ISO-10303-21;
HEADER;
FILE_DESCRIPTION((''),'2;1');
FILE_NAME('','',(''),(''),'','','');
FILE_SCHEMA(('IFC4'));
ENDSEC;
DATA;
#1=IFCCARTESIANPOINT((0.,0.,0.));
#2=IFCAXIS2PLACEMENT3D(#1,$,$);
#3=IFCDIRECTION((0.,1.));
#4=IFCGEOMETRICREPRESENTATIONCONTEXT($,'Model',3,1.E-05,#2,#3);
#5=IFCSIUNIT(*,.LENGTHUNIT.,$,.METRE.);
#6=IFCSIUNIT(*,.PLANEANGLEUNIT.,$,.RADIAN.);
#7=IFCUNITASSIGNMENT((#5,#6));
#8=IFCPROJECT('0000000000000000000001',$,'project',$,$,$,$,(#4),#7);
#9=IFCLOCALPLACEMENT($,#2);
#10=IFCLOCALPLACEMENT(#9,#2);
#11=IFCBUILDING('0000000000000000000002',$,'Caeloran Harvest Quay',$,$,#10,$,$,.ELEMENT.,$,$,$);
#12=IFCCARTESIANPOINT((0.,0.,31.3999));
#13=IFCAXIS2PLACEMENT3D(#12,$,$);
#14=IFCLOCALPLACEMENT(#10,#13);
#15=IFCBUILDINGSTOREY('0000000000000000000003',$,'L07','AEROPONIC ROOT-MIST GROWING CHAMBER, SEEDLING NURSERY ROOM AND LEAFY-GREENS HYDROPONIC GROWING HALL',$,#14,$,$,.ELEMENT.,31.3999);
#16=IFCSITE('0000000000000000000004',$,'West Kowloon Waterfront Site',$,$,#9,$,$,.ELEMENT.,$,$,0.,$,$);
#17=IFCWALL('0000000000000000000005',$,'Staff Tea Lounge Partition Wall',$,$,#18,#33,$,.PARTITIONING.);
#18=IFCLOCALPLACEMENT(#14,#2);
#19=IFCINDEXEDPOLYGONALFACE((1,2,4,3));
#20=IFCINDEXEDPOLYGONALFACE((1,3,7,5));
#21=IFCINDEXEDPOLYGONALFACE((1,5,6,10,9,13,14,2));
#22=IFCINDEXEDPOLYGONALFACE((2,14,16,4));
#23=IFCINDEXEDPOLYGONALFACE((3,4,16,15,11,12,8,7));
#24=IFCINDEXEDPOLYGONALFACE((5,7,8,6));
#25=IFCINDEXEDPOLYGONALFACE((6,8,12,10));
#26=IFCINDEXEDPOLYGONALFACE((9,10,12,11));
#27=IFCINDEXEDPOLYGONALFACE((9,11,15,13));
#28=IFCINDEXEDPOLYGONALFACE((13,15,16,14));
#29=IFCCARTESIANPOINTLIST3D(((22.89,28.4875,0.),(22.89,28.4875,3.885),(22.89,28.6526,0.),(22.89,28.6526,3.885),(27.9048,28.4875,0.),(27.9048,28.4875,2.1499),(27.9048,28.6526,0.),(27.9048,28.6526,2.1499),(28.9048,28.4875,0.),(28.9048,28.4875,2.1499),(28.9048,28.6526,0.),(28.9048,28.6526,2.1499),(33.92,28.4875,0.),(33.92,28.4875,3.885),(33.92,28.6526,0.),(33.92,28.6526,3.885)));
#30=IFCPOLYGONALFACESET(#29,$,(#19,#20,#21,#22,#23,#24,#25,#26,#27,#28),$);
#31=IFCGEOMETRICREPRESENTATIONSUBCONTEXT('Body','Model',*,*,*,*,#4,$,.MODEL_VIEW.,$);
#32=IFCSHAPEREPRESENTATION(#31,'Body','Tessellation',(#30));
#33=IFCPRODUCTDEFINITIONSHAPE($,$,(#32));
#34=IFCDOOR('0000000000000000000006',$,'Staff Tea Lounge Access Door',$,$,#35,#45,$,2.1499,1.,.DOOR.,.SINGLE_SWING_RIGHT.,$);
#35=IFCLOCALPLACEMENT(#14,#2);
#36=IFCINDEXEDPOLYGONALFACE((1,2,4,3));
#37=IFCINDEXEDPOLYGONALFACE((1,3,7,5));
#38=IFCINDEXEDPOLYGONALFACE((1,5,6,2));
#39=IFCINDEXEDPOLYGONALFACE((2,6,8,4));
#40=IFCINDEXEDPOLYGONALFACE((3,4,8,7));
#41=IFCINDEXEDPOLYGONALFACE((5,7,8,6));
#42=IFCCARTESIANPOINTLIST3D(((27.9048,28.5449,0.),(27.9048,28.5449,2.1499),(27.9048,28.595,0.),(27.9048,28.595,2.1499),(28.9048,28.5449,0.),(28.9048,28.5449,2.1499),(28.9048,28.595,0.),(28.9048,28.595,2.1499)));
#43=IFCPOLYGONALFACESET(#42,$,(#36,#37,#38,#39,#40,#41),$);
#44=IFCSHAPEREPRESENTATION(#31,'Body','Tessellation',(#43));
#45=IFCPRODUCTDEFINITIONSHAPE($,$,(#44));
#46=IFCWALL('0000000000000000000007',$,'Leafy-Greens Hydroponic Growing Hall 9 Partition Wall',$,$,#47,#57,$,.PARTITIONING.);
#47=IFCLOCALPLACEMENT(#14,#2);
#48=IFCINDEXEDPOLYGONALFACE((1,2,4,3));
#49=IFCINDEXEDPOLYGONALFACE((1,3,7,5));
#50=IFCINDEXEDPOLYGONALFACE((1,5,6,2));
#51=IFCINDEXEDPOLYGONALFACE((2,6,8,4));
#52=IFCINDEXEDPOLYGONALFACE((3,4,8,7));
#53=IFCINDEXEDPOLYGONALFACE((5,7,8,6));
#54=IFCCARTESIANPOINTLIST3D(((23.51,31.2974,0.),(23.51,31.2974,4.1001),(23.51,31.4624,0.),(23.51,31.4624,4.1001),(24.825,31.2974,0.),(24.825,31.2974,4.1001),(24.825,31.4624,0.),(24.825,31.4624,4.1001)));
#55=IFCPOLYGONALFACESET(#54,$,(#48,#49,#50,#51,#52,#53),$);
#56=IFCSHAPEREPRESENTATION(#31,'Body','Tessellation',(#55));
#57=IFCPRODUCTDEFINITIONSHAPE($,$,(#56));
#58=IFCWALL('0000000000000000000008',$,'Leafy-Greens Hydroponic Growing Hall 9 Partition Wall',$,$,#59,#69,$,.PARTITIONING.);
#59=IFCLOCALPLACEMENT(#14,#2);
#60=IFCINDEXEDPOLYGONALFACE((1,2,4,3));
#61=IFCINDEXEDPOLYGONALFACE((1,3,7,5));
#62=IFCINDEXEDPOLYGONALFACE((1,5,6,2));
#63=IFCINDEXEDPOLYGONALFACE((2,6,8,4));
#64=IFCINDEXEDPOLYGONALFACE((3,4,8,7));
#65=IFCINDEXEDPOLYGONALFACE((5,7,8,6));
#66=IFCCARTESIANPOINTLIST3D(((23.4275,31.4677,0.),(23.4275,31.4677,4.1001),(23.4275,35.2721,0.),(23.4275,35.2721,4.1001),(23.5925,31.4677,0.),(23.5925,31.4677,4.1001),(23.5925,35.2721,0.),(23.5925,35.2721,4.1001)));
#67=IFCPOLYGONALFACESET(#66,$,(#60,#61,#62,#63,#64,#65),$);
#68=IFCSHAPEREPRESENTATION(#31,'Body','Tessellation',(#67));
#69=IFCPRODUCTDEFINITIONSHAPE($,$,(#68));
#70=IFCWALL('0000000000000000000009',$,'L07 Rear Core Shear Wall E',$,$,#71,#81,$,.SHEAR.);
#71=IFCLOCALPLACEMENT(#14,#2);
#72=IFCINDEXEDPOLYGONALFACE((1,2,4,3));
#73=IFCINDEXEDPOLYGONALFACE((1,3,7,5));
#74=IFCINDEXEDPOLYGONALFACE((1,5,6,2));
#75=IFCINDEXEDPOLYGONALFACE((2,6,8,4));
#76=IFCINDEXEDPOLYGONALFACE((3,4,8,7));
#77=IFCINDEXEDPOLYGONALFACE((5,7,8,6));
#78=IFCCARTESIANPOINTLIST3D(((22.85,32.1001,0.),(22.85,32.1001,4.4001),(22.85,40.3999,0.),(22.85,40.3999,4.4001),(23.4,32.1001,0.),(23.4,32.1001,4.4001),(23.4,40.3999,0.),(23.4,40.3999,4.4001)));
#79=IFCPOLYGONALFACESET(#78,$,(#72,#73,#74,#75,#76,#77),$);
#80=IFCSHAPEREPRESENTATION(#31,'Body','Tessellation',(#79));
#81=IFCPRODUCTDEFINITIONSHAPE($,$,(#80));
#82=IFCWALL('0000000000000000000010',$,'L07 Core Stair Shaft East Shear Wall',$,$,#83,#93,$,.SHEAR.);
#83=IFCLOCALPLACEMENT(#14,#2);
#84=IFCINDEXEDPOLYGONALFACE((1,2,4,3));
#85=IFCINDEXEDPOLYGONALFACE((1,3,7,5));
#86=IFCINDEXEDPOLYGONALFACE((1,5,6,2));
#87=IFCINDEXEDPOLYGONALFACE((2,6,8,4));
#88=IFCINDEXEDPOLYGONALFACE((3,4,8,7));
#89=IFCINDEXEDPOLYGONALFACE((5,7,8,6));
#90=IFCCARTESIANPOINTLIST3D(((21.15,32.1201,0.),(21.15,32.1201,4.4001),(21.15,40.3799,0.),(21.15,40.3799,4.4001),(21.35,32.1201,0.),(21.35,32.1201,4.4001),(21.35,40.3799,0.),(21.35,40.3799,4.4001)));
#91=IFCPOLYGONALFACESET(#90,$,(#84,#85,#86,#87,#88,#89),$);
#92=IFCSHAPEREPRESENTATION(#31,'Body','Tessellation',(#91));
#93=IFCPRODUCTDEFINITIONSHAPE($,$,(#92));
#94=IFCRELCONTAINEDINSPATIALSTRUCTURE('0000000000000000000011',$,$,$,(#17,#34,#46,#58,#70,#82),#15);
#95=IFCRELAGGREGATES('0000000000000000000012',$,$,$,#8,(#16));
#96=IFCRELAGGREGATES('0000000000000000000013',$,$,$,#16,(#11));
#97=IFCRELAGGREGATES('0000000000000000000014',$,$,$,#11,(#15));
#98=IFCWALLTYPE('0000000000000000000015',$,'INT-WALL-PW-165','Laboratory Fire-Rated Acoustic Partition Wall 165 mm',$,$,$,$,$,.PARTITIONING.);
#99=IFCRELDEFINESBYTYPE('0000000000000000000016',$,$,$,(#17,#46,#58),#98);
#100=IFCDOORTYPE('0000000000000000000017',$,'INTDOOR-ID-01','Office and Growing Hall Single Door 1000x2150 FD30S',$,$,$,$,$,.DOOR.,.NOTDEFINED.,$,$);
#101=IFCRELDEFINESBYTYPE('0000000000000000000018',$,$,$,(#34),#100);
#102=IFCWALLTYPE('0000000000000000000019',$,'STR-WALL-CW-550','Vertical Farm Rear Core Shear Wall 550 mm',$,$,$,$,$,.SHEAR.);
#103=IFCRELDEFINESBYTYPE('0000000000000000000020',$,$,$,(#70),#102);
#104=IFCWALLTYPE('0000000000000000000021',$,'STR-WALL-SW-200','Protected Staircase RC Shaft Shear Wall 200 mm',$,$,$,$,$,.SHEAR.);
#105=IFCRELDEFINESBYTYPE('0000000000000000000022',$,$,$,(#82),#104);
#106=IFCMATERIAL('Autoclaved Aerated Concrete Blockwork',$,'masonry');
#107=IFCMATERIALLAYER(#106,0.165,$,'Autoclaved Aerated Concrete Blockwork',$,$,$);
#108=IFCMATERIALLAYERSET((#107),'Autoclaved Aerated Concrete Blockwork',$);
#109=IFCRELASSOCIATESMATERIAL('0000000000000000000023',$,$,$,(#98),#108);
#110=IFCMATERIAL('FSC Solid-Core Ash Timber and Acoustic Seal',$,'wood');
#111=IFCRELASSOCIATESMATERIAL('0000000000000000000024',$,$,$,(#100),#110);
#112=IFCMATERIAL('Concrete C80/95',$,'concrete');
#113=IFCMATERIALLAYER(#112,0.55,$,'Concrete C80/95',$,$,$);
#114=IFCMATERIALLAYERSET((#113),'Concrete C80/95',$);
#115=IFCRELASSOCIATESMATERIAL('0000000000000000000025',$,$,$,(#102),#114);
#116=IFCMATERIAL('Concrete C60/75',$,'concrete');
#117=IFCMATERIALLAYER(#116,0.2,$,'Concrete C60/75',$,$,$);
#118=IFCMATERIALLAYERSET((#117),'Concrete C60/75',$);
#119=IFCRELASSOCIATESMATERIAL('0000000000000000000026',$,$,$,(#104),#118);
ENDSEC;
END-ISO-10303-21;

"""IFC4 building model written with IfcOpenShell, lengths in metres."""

from ifc_helpers import new_model, si_unit, direction, frame, frame_2d, origin, place, context, subcontext, project, spatial, rectangle, extrude, material, layer, layer_set, type_object, element, fill, save


model = new_model("IFC4")

# Units and contexts
model_context = context("Model", 3, precision=1e-05, world=origin(), true_north=direction((0.0, 1.0)))
body_context = subcontext(model_context, "Body", "Model", "MODEL_VIEW")
ifc_project = project(units=[si_unit("LENGTHUNIT", "METRE"), si_unit("PLANEANGLEUNIT", "RADIAN")], contexts=[model_context])

# Site, building, storey
site_placement = place(None, origin())
site = spatial("IfcSite", under=ifc_project, at=site_placement, Name="West Kowloon Waterfront Site", CompositionType="ELEMENT", RefElevation=0.0)
building_placement = place(site_placement, origin())
building = spatial("IfcBuilding", under=site, at=building_placement, Name="Caeloran Harvest Quay", CompositionType="ELEMENT")
storey_placement = place(building_placement, frame((0.0, 0.0, 31.3999)))
storey = spatial("IfcBuildingStorey", under=building, at=storey_placement, Name="L07", Description="AEROPONIC ROOT-MIST GROWING CHAMBER, SEEDLING NURSERY ROOM AND LEAFY-GREENS HYDROPONIC GROWING HALL", CompositionType="ELEMENT", Elevation=31.3999)

# Shared definitions
ifc_material_1 = material(Name="Concrete C80/95", Category="concrete")

# Wall, opening, door
ifc_material_2 = material(Name="Autoclaved Aerated Concrete Blockwork", Category="masonry")
ifc_layer_1 = layer(ifc_material_2, 0.165, Name="Autoclaved Aerated Concrete Blockwork")
ifc_layer_set_1 = layer_set([ifc_layer_1], Name="Autoclaved Aerated Concrete Blockwork")
wall_type_1 = type_object("IfcWallType", Name="INT-WALL-PW-165", Description="Laboratory Fire-Rated Acoustic Partition Wall 165 mm", PredefinedType="PARTITIONING", material=ifc_layer_set_1)
wall_1_placement = place(storey_placement, frame((22.8899, 28.5701, 0.0), z_axis=(0.0, 0.0, 1.0), x_axis=(1.0, 0.0, 0.0)))
wall_1 = element("IfcWall", 1, at=wall_1_placement, inside=storey, type_object=wall_type_1, Name="Staff Tea Lounge Partition Wall", PredefinedType="PARTITIONING", context=body_context, shape_type="SweptSolid", body=[
    extrude(rectangle(XDim=11.03, YDim=0.165, at=frame_2d((5.5151, 0.0))), origin(), (0.0, 0.0, 1.0), 3.885),
])
opening_placement = place(wall_1_placement, frame((5.0149, 0.0, 0.0)))
opening = element("IfcOpeningElement", 2, at=opening_placement, cuts=wall_1, PredefinedType="OPENING", context=body_context, shape_type="SweptSolid", body=[
    extrude(rectangle(XDim=1.0, YDim=2.1499, at=frame_2d((0.5, 1.075))), frame((0.0, 0.0925, 0.0), z_axis=(0.0, -1.0, 0.0), x_axis=(1.0, 0.0, 0.0)), (0.0, 0.0, 1.0), 0.1851),
])
ifc_material_3 = material(Name="FSC Solid-Core Ash Timber and Acoustic Seal", Category="wood")
door_type = type_object("IfcDoorType", Name="INTDOOR-ID-01", Description="Office and Growing Hall Single Door 1000x2150 FD30S", OperationType="NOTDEFINED", PredefinedType="DOOR", material=ifc_material_3)
door_placement = place(opening_placement, origin())
door = element("IfcDoor", 3, at=door_placement, inside=storey, type_object=door_type, Name="Staff Tea Lounge Access Door", OperationType="SINGLE_SWING_RIGHT", OverallHeight=2.1499, OverallWidth=1.0, PredefinedType="DOOR", context=body_context, shape_type="SweptSolid", body=[
    extrude(rectangle(XDim=1.0, YDim=2.1499, at=frame_2d((0.5, 1.075))), frame((0.0, 0.0249, 0.0), z_axis=(0.0, -1.0, 0.0), x_axis=(1.0, 0.0, 0.0)), (0.0, 0.0, 1.0), 0.05),
])
fill(opening, door)

# Walls
wall_2_placement = place(storey_placement, frame((24.825, 31.3799, 0.0), z_axis=(0.0, 0.0, 1.0), x_axis=(-1.0, 0.0, 0.0)))
element("IfcWall", 4, at=wall_2_placement, inside=storey, type_object=wall_type_1, Name="Leafy-Greens Hydroponic Growing Hall 9 Partition Wall", PredefinedType="PARTITIONING", context=body_context, shape_type="SweptSolid", body=[
    extrude(rectangle(XDim=1.3149, YDim=0.165, at=frame_2d((0.6575, 0.0))), origin(), (0.0, 0.0, 1.0), 4.1001),
])
wall_3_placement = place(storey_placement, frame((23.51, 31.4675, 0.0), z_axis=(0.0, 0.0, 1.0), x_axis=(0.0, 1.0, 0.0)))
element("IfcWall", 5, at=wall_3_placement, inside=storey, type_object=wall_type_1, Name="Leafy-Greens Hydroponic Growing Hall 9 Partition Wall", PredefinedType="PARTITIONING", context=body_context, shape_type="SweptSolid", body=[
    extrude(rectangle(XDim=3.8044, YDim=0.165, at=frame_2d((1.9023, 0.0))), origin(), (0.0, 0.0, 1.0), 4.1001),
])
ifc_layer_2 = layer(ifc_material_1, 0.55, Name="Concrete C80/95")
ifc_layer_set_2 = layer_set([ifc_layer_2], Name="Concrete C80/95")
wall_type_2 = type_object("IfcWallType", Name="STR-WALL-CW-550", Description="Vertical Farm Rear Core Shear Wall 550 mm", PredefinedType="SHEAR", material=ifc_layer_set_2)
wall_4_placement = place(storey_placement, frame((23.125, 32.1001, 0.0), z_axis=(0.0, 0.0, 1.0), x_axis=(0.0, 1.0, 0.0)))
element("IfcWall", 6, at=wall_4_placement, inside=storey, type_object=wall_type_2, Name="L07 Rear Core Shear Wall E", PredefinedType="SHEAR", context=body_context, shape_type="SweptSolid", body=[
    extrude(rectangle(XDim=8.2998, YDim=0.55, at=frame_2d((4.1499, 0.0))), origin(), (0.0, 0.0, 1.0), 4.4001),
])
ifc_material_4 = material(Name="Concrete C60/75", Category="concrete")
ifc_layer_3 = layer(ifc_material_4, 0.2, Name="Concrete C60/75")
ifc_layer_set_3 = layer_set([ifc_layer_3], Name="Concrete C60/75")
wall_type_3 = type_object("IfcWallType", Name="STR-WALL-SW-200", Description="Protected Staircase RC Shaft Shear Wall 200 mm", PredefinedType="SHEAR", material=ifc_layer_set_3)
wall_5_placement = place(storey_placement, frame((21.25, 32.1201, 0.0), z_axis=(0.0, 0.0, 1.0), x_axis=(0.0, 1.0, 0.0)))
element("IfcWall", 7, at=wall_5_placement, inside=storey, type_object=wall_type_3, Name="L07 Core Stair Shaft East Shear Wall", PredefinedType="SHEAR", context=body_context, shape_type="SweptSolid", body=[
    extrude(rectangle(XDim=8.2598, YDim=0.2, at=frame_2d((4.1299, 0.0))), origin(), (0.0, 0.0, 1.0), 4.4001),
])

save(model, "model.ifc")
